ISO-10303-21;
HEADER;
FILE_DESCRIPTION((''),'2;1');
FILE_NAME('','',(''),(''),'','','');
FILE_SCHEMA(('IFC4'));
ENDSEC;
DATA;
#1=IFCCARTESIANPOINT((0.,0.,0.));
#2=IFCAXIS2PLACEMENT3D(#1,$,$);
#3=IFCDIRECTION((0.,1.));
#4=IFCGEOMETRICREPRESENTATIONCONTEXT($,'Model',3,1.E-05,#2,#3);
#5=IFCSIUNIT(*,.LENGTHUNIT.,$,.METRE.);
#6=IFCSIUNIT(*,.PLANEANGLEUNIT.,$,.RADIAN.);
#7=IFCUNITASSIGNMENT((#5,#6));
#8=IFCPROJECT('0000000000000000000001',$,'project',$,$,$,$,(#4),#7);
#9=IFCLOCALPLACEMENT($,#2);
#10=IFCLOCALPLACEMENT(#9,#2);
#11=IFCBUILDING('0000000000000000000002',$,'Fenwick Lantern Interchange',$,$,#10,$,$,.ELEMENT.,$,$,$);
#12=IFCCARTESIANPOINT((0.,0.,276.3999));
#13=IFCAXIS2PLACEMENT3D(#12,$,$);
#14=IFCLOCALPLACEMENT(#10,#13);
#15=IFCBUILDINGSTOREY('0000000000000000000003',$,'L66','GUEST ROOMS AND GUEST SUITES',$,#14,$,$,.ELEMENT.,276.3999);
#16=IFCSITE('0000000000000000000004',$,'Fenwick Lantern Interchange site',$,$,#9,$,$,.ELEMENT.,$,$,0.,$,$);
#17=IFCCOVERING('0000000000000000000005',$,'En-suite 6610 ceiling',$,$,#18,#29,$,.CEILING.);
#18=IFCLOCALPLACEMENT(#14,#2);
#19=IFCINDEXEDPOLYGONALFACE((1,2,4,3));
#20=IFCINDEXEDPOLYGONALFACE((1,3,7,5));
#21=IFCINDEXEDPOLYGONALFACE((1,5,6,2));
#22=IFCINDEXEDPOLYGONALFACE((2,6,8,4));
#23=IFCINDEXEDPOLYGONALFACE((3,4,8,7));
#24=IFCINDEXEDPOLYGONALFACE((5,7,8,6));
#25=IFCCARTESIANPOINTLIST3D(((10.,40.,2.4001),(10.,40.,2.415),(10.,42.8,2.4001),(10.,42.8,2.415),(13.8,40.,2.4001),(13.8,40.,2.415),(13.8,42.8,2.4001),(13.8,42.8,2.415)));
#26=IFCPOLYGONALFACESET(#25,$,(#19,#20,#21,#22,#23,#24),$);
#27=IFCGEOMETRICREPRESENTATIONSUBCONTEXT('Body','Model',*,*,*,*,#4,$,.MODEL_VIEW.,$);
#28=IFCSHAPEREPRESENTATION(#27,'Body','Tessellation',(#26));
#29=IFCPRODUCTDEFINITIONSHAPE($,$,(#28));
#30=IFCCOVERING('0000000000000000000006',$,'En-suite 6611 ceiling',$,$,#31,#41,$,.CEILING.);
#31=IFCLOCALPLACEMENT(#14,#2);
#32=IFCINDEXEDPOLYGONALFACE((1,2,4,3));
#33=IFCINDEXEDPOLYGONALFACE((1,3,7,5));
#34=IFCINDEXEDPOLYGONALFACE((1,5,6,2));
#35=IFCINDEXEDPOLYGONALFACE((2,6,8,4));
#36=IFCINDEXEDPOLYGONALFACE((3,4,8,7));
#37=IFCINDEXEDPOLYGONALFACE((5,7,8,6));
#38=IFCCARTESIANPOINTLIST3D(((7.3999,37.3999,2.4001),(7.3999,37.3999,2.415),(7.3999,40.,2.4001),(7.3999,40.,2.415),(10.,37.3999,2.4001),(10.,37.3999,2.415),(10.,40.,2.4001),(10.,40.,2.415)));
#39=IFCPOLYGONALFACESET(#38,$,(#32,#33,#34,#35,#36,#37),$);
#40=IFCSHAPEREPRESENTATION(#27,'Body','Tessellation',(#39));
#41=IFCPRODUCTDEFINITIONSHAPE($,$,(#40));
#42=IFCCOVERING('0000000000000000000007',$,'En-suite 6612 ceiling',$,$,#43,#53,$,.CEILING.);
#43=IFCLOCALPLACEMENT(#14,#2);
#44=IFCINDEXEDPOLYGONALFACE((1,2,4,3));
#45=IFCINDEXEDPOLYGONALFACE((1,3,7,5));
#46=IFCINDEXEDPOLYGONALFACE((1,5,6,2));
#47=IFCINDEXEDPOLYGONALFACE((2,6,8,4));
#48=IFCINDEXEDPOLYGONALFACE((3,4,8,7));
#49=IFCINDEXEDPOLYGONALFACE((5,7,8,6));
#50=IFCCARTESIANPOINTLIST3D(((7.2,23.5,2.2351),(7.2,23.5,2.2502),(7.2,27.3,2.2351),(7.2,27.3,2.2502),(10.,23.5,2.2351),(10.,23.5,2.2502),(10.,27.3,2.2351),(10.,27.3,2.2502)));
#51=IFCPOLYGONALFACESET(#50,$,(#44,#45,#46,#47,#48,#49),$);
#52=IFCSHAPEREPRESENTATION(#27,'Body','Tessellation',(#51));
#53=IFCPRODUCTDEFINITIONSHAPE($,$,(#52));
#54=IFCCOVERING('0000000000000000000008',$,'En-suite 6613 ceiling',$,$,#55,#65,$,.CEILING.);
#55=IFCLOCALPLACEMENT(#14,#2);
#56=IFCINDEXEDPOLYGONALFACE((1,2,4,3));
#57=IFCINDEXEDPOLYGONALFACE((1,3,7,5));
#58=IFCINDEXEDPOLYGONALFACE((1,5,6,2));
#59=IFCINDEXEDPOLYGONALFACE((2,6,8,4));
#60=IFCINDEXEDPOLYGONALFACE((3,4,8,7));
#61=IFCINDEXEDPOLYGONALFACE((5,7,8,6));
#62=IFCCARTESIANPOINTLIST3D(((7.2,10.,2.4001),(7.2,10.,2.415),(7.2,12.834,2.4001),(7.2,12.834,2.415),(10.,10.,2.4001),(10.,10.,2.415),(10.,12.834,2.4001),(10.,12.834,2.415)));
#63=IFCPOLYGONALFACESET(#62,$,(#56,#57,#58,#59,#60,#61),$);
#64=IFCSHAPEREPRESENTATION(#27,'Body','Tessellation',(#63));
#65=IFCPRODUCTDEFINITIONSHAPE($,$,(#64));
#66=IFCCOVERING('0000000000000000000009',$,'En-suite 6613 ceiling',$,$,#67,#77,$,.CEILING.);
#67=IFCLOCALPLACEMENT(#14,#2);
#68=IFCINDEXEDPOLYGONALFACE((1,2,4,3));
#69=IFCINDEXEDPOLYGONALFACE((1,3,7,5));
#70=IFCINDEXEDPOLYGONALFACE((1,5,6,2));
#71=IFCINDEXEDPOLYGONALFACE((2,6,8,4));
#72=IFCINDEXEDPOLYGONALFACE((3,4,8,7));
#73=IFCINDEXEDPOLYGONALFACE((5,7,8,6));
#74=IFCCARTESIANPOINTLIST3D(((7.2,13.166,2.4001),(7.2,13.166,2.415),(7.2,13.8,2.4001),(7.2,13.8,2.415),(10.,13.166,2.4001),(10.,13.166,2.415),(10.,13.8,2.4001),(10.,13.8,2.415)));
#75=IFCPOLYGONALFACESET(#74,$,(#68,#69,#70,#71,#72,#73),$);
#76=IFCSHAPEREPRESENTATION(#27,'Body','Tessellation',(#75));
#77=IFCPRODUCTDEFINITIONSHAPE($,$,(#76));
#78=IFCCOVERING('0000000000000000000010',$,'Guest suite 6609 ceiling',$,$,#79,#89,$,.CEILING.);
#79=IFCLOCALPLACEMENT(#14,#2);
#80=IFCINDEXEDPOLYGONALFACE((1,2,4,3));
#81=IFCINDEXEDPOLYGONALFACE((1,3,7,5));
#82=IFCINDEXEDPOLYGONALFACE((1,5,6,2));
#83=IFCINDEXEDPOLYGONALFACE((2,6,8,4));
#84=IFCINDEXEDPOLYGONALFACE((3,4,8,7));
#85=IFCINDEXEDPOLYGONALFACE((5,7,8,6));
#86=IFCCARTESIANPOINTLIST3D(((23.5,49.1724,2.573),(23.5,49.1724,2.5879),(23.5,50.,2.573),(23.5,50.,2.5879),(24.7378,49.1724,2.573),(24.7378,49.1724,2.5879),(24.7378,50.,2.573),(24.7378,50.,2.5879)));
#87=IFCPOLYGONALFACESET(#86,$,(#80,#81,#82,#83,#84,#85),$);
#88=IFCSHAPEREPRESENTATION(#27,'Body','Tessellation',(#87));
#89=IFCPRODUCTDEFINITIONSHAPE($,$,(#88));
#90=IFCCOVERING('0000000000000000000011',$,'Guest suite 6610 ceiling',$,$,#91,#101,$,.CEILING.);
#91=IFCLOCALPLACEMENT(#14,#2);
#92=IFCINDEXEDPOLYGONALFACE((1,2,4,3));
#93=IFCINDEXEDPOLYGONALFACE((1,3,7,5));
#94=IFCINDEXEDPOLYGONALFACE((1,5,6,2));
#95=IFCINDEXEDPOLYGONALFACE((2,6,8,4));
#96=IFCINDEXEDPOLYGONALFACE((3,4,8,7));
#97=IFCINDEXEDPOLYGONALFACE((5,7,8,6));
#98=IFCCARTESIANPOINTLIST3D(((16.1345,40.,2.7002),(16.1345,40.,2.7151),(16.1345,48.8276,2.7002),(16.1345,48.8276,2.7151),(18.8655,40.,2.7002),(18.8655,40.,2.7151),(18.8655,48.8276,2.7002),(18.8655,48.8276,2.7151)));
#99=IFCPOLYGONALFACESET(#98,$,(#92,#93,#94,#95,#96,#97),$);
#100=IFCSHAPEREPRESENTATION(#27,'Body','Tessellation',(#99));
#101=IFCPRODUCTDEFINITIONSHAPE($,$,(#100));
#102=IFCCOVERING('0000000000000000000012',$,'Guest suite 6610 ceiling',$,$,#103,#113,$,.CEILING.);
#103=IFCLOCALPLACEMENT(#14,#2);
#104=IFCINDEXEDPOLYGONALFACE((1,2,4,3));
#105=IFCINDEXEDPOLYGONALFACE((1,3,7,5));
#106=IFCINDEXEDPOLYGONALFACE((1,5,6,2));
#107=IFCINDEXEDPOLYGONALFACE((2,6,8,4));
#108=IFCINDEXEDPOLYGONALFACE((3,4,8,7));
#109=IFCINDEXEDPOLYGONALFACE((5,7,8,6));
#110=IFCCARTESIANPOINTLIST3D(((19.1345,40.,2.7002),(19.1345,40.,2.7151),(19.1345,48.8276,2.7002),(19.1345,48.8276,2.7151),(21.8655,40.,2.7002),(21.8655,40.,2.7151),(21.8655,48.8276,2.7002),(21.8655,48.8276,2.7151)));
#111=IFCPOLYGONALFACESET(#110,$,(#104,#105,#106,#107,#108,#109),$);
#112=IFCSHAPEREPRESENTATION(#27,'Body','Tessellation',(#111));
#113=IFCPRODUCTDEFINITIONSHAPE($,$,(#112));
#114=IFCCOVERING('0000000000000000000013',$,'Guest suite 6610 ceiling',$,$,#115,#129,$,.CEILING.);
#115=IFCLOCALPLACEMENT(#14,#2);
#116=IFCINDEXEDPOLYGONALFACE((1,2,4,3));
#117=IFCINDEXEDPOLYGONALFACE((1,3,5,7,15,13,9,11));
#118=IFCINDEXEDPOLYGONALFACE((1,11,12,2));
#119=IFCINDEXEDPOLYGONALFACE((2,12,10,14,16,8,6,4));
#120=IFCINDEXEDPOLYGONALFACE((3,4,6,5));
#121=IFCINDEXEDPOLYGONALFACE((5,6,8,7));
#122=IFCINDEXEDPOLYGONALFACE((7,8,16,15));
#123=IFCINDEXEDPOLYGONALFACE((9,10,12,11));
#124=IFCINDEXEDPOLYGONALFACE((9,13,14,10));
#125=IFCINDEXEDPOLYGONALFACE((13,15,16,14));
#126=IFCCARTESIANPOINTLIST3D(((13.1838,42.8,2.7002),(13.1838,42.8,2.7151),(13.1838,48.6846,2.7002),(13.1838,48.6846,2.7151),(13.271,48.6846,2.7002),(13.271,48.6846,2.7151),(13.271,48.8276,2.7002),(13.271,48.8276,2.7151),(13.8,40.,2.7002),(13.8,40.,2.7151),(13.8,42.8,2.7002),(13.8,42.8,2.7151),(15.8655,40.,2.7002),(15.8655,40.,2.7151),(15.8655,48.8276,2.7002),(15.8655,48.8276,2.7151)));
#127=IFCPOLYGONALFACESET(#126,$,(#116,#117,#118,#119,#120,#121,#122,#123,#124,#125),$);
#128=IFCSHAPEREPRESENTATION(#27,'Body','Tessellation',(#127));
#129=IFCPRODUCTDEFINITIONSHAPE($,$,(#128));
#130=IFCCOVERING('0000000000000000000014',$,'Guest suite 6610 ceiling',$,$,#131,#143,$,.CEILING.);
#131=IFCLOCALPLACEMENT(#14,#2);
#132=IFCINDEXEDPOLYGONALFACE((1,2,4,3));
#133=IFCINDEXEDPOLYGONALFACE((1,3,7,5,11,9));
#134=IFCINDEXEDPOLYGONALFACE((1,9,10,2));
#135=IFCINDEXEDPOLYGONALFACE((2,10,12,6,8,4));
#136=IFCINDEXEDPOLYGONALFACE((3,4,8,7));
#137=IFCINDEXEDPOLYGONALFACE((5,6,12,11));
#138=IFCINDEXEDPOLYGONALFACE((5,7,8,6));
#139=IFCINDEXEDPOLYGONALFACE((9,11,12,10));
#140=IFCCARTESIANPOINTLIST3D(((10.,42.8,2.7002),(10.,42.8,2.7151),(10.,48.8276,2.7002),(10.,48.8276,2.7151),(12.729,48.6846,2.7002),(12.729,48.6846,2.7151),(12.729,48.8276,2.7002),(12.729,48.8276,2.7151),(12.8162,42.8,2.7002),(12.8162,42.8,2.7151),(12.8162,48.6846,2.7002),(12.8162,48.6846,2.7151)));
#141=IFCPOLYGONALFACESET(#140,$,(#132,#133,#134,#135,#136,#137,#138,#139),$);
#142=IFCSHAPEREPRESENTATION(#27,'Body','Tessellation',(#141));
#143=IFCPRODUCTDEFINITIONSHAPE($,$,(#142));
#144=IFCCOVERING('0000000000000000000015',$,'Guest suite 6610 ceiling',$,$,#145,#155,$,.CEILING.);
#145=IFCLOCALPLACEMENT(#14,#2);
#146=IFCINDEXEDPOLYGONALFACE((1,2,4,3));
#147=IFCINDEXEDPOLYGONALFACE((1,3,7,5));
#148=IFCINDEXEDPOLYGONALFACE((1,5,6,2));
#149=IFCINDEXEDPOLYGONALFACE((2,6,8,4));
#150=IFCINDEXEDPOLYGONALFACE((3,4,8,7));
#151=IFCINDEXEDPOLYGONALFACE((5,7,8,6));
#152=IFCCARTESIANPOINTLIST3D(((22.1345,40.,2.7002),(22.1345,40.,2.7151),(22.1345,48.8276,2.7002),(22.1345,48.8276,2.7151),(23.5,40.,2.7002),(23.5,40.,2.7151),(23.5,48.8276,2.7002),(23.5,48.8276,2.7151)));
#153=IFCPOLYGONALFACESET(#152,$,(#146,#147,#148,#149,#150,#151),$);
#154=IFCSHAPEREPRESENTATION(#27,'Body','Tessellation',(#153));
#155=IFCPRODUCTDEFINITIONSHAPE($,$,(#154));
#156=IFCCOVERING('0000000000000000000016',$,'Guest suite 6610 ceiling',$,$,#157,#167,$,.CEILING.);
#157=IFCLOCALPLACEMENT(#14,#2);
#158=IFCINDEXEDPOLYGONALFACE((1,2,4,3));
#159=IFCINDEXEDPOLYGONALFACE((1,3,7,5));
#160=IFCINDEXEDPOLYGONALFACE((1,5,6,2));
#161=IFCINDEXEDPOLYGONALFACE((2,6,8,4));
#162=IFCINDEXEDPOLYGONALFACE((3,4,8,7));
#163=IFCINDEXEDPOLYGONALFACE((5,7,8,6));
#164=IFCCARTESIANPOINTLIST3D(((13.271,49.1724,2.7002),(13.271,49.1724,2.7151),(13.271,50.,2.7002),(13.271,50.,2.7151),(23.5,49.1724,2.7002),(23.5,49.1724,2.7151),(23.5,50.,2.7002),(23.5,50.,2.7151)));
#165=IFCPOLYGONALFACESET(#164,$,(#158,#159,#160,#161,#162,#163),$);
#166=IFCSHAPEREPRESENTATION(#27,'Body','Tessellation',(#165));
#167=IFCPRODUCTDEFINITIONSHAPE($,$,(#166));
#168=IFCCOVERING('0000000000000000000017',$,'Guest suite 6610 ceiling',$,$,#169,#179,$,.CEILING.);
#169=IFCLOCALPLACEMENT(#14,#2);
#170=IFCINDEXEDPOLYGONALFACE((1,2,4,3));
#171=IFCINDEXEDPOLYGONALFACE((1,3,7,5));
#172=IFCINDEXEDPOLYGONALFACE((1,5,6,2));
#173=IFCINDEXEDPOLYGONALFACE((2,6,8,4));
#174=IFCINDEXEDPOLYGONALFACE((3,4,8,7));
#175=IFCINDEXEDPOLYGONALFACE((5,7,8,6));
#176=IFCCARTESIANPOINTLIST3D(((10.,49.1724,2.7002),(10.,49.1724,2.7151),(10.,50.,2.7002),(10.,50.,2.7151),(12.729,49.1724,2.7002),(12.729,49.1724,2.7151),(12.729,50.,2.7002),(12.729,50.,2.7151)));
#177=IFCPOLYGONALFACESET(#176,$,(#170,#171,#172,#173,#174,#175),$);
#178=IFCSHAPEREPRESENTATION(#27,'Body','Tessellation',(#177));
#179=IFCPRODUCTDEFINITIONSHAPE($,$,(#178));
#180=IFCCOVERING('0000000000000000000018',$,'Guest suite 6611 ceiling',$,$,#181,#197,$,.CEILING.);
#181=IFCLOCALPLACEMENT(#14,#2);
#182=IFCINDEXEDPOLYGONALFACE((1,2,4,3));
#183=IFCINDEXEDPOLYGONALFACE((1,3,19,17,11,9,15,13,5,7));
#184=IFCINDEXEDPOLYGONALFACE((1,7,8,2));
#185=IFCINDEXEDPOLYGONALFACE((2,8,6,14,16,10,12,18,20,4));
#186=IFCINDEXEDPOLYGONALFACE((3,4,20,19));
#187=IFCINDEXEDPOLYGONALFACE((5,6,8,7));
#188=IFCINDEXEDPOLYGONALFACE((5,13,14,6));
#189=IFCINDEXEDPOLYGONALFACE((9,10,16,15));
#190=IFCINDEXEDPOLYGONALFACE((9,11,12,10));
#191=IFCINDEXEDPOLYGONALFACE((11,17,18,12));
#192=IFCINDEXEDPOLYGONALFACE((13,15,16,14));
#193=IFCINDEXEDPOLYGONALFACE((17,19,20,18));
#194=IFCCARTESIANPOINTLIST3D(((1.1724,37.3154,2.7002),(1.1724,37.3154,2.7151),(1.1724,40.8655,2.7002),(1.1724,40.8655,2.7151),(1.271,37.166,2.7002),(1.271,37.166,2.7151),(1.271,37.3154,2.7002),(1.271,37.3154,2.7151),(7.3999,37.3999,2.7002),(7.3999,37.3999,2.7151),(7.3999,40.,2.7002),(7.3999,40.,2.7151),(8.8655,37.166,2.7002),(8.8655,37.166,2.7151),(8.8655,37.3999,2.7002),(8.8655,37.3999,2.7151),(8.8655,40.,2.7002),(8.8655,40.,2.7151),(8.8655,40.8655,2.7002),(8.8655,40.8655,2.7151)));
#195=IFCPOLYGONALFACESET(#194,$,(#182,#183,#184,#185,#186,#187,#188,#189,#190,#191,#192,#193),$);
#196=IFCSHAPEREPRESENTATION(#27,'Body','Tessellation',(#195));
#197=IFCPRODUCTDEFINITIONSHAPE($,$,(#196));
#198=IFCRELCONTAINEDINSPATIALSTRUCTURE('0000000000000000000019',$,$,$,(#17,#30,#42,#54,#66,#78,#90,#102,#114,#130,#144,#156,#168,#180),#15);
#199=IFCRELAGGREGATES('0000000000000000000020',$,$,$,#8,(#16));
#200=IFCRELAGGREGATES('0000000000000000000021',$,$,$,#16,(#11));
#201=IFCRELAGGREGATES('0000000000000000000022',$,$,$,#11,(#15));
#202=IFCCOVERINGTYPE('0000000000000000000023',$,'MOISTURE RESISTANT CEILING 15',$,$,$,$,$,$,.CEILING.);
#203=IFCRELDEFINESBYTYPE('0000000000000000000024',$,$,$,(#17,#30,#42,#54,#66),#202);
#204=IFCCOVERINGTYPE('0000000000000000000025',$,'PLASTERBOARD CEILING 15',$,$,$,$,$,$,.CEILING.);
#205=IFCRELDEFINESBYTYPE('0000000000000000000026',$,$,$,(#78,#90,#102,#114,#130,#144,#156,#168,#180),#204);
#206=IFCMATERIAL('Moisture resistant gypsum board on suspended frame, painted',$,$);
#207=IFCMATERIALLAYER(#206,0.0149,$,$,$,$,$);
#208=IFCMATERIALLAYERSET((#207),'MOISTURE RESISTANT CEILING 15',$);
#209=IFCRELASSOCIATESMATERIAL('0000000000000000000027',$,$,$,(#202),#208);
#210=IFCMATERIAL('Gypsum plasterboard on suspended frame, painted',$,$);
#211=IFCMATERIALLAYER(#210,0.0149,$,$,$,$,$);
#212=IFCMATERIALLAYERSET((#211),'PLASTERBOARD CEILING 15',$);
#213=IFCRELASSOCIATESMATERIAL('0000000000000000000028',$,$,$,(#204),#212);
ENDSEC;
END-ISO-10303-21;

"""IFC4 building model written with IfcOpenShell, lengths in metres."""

from ifc_helpers import new_model, si_unit, direction, frame, origin, place, context, subcontext, project, spatial, polyline, outline, extrude, material, layer, layer_set, type_object, element, save


model = new_model("IFC4")

# Units and contexts
model_context = context("Model", 3, precision=1e-05, world=origin(), true_north=direction((0.0, 1.0)))
body_context = subcontext(model_context, "Body", "Model", "MODEL_VIEW")
ifc_project = project(units=[si_unit("LENGTHUNIT", "METRE"), si_unit("PLANEANGLEUNIT", "RADIAN")], contexts=[model_context])

# Site, building, storey
site_placement = place(None, origin())
site = spatial("IfcSite", under=ifc_project, at=site_placement, Name="Fenwick Lantern Interchange site", CompositionType="ELEMENT", RefElevation=0.0)
building_placement = place(site_placement, origin())
building = spatial("IfcBuilding", under=site, at=building_placement, Name="Fenwick Lantern Interchange", CompositionType="ELEMENT")
storey_placement = place(building_placement, frame((0.0, 0.0, 276.3999)))
storey = spatial("IfcBuildingStorey", under=building, at=storey_placement, Name="L66", Description="GUEST ROOMS AND GUEST SUITES", CompositionType="ELEMENT", Elevation=276.3999)

# Coverings
ifc_material_1 = material(Name="Moisture resistant gypsum board on suspended frame, painted")
ifc_layer_1 = layer(ifc_material_1, 0.0149)
ifc_layer_set_1 = layer_set([ifc_layer_1], Name="MOISTURE RESISTANT CEILING 15")
covering_type_1 = type_object("IfcCoveringType", Name="MOISTURE RESISTANT CEILING 15", PredefinedType="CEILING", material=ifc_layer_set_1)
covering_1_placement = place(storey_placement, frame((0.0, 0.0, 2.4001)))
element("IfcCovering", 1, at=covering_1_placement, inside=storey, type_object=covering_type_1, Name="En-suite 6610 ceiling", PredefinedType="CEILING", context=body_context, shape_type="SweptSolid", body=[
    extrude(outline(polyline([(13.8, 42.8), (10.0, 42.8), (10.0, 40.0), (13.8, 40.0), (13.8, 42.8)])), origin(), (0.0, 0.0, 1.0), 0.0149),
])
covering_2_placement = place(storey_placement, frame((0.0, 0.0, 2.4001)))
element("IfcCovering", 2, at=covering_2_placement, inside=storey, type_object=covering_type_1, Name="En-suite 6611 ceiling", PredefinedType="CEILING", context=body_context, shape_type="SweptSolid", body=[
    extrude(outline(polyline([(7.3999, 40.0), (7.3999, 37.3999), (10.0, 37.3999), (10.0, 40.0), (7.3999, 40.0)])), origin(), (0.0, 0.0, 1.0), 0.0149),
])
covering_3_placement = place(storey_placement, frame((0.0, 0.0, 2.2351)))
element("IfcCovering", 3, at=covering_3_placement, inside=storey, type_object=covering_type_1, Name="En-suite 6612 ceiling", PredefinedType="CEILING", context=body_context, shape_type="SweptSolid", body=[
    extrude(outline(polyline([(7.2, 27.3), (7.2, 23.5), (10.0, 23.5), (10.0, 27.3), (7.2, 27.3)])), origin(), (0.0, 0.0, 1.0), 0.0151),
])
covering_4_placement = place(storey_placement, frame((0.0, 0.0, 2.4001)))
element("IfcCovering", 4, at=covering_4_placement, inside=storey, type_object=covering_type_1, Name="En-suite 6613 ceiling", PredefinedType="CEILING", context=body_context, shape_type="SweptSolid", body=[
    extrude(outline(polyline([(10.0, 10.0), (10.0, 12.834), (7.2, 12.834), (7.2, 10.0), (10.0, 10.0)])), origin(), (0.0, 0.0, 1.0), 0.0149),
])
covering_5_placement = place(storey_placement, frame((0.0, 0.0, 2.4001)))
element("IfcCovering", 5, at=covering_5_placement, inside=storey, type_object=covering_type_1, Name="En-suite 6613 ceiling", PredefinedType="CEILING", context=body_context, shape_type="SweptSolid", body=[
    extrude(outline(polyline([(7.2, 13.8), (7.2, 13.166), (10.0, 13.166), (10.0, 13.8), (7.2, 13.8)])), origin(), (0.0, 0.0, 1.0), 0.0149),
])
ifc_material_2 = material(Name="Gypsum plasterboard on suspended frame, painted")
ifc_layer_2 = layer(ifc_material_2, 0.0149)
ifc_layer_set_2 = layer_set([ifc_layer_2], Name="PLASTERBOARD CEILING 15")
covering_type_2 = type_object("IfcCoveringType", Name="PLASTERBOARD CEILING 15", PredefinedType="CEILING", material=ifc_layer_set_2)
covering_6_placement = place(storey_placement, frame((0.0, 0.0, 2.573)))
element("IfcCovering", 6, at=covering_6_placement, inside=storey, type_object=covering_type_2, Name="Guest suite 6609 ceiling", PredefinedType="CEILING", context=body_context, shape_type="SweptSolid", body=[
    extrude(outline(polyline([(24.7378, 49.1724), (24.7378, 50.0), (23.5, 50.0), (23.5, 49.1724), (24.7378, 49.1724)])), origin(), (0.0, 0.0, 1.0), 0.0149),
])
covering_7_placement = place(storey_placement, frame((0.0, 0.0, 2.7002)))
element("IfcCovering", 7, at=covering_7_placement, inside=storey, type_object=covering_type_2, Name="Guest suite 6610 ceiling", PredefinedType="CEILING", context=body_context, shape_type="SweptSolid", body=[
    extrude(outline(polyline([(16.1345, 40.0), (18.8655, 40.0), (18.8655, 48.8276), (16.1345, 48.8276), (16.1345, 40.0)])), origin(), (0.0, 0.0, 1.0), 0.0149),
])
covering_8_placement = place(storey_placement, frame((0.0, 0.0, 2.7002)))
element("IfcCovering", 8, at=covering_8_placement, inside=storey, type_object=covering_type_2, Name="Guest suite 6610 ceiling", PredefinedType="CEILING", context=body_context, shape_type="SweptSolid", body=[
    extrude(outline(polyline([(19.1345, 40.0), (21.8655, 40.0), (21.8655, 48.8276), (19.1345, 48.8276), (19.1345, 40.0)])), origin(), (0.0, 0.0, 1.0), 0.0149),
])
covering_9_placement = place(storey_placement, frame((0.0, 0.0, 2.7002)))
element("IfcCovering", 9, at=covering_9_placement, inside=storey, type_object=covering_type_2, Name="Guest suite 6610 ceiling", PredefinedType="CEILING", context=body_context, shape_type="SweptSolid", body=[
    extrude(outline(polyline([(13.271, 48.6846), (13.1838, 48.6846), (13.1838, 42.8), (13.8, 42.8), (13.8, 40.0), (15.8655, 40.0), (15.8655, 48.8276), (13.271, 48.8276), (13.271, 48.6846)])), origin(), (0.0, 0.0, 1.0), 0.0149),
])
covering_10_placement = place(storey_placement, frame((0.0, 0.0, 2.7002)))
element("IfcCovering", 10, at=covering_10_placement, inside=storey, type_object=covering_type_2, Name="Guest suite 6610 ceiling", PredefinedType="CEILING", context=body_context, shape_type="SweptSolid", body=[
    extrude(outline(polyline([(12.729, 48.6846), (12.729, 48.8276), (10.0, 48.8276), (10.0, 42.8), (12.8162, 42.8), (12.8162, 48.6846), (12.729, 48.6846)])), origin(), (0.0, 0.0, 1.0), 0.0149),
])
covering_11_placement = place(storey_placement, frame((0.0, 0.0, 2.7002)))
element("IfcCovering", 11, at=covering_11_placement, inside=storey, type_object=covering_type_2, Name="Guest suite 6610 ceiling", PredefinedType="CEILING", context=body_context, shape_type="SweptSolid", body=[
    extrude(outline(polyline([(23.5, 40.0), (23.5, 48.8276), (22.1345, 48.8276), (22.1345, 40.0), (23.5, 40.0)])), origin(), (0.0, 0.0, 1.0), 0.0149),
])
covering_12_placement = place(storey_placement, frame((0.0, 0.0, 2.7002)))
element("IfcCovering", 12, at=covering_12_placement, inside=storey, type_object=covering_type_2, Name="Guest suite 6610 ceiling", PredefinedType="CEILING", context=body_context, shape_type="SweptSolid", body=[
    extrude(outline(polyline([(13.271, 50.0), (13.271, 49.1724), (23.5, 49.1724), (23.5, 50.0), (13.271, 50.0)])), origin(), (0.0, 0.0, 1.0), 0.0149),
])
covering_13_placement = place(storey_placement, frame((0.0, 0.0, 2.7002)))
element("IfcCovering", 13, at=covering_13_placement, inside=storey, type_object=covering_type_2, Name="Guest suite 6610 ceiling", PredefinedType="CEILING", context=body_context, shape_type="SweptSolid", body=[
    extrude(outline(polyline([(12.729, 49.1724), (12.729, 50.0), (10.0, 50.0), (10.0, 49.1724), (12.729, 49.1724)])), origin(), (0.0, 0.0, 1.0), 0.0149),
])
covering_14_placement = place(storey_placement, frame((0.0, 0.0, 2.7002)))
element("IfcCovering", 14, at=covering_14_placement, inside=storey, type_object=covering_type_2, Name="Guest suite 6611 ceiling", PredefinedType="CEILING", context=body_context, shape_type="SweptSolid", body=[
    extrude(outline(polyline([(7.3999, 40.0), (8.8655, 40.0), (8.8655, 40.8655), (1.1724, 40.8655), (1.1724, 37.3154), (1.271, 37.3154), (1.271, 37.166), (8.8655, 37.166), (8.8655, 37.3999), (7.3999, 37.3999), (7.3999, 40.0)])), origin(), (0.0, 0.0, 1.0), 0.0149),
])

save(model, "model.ifc")
